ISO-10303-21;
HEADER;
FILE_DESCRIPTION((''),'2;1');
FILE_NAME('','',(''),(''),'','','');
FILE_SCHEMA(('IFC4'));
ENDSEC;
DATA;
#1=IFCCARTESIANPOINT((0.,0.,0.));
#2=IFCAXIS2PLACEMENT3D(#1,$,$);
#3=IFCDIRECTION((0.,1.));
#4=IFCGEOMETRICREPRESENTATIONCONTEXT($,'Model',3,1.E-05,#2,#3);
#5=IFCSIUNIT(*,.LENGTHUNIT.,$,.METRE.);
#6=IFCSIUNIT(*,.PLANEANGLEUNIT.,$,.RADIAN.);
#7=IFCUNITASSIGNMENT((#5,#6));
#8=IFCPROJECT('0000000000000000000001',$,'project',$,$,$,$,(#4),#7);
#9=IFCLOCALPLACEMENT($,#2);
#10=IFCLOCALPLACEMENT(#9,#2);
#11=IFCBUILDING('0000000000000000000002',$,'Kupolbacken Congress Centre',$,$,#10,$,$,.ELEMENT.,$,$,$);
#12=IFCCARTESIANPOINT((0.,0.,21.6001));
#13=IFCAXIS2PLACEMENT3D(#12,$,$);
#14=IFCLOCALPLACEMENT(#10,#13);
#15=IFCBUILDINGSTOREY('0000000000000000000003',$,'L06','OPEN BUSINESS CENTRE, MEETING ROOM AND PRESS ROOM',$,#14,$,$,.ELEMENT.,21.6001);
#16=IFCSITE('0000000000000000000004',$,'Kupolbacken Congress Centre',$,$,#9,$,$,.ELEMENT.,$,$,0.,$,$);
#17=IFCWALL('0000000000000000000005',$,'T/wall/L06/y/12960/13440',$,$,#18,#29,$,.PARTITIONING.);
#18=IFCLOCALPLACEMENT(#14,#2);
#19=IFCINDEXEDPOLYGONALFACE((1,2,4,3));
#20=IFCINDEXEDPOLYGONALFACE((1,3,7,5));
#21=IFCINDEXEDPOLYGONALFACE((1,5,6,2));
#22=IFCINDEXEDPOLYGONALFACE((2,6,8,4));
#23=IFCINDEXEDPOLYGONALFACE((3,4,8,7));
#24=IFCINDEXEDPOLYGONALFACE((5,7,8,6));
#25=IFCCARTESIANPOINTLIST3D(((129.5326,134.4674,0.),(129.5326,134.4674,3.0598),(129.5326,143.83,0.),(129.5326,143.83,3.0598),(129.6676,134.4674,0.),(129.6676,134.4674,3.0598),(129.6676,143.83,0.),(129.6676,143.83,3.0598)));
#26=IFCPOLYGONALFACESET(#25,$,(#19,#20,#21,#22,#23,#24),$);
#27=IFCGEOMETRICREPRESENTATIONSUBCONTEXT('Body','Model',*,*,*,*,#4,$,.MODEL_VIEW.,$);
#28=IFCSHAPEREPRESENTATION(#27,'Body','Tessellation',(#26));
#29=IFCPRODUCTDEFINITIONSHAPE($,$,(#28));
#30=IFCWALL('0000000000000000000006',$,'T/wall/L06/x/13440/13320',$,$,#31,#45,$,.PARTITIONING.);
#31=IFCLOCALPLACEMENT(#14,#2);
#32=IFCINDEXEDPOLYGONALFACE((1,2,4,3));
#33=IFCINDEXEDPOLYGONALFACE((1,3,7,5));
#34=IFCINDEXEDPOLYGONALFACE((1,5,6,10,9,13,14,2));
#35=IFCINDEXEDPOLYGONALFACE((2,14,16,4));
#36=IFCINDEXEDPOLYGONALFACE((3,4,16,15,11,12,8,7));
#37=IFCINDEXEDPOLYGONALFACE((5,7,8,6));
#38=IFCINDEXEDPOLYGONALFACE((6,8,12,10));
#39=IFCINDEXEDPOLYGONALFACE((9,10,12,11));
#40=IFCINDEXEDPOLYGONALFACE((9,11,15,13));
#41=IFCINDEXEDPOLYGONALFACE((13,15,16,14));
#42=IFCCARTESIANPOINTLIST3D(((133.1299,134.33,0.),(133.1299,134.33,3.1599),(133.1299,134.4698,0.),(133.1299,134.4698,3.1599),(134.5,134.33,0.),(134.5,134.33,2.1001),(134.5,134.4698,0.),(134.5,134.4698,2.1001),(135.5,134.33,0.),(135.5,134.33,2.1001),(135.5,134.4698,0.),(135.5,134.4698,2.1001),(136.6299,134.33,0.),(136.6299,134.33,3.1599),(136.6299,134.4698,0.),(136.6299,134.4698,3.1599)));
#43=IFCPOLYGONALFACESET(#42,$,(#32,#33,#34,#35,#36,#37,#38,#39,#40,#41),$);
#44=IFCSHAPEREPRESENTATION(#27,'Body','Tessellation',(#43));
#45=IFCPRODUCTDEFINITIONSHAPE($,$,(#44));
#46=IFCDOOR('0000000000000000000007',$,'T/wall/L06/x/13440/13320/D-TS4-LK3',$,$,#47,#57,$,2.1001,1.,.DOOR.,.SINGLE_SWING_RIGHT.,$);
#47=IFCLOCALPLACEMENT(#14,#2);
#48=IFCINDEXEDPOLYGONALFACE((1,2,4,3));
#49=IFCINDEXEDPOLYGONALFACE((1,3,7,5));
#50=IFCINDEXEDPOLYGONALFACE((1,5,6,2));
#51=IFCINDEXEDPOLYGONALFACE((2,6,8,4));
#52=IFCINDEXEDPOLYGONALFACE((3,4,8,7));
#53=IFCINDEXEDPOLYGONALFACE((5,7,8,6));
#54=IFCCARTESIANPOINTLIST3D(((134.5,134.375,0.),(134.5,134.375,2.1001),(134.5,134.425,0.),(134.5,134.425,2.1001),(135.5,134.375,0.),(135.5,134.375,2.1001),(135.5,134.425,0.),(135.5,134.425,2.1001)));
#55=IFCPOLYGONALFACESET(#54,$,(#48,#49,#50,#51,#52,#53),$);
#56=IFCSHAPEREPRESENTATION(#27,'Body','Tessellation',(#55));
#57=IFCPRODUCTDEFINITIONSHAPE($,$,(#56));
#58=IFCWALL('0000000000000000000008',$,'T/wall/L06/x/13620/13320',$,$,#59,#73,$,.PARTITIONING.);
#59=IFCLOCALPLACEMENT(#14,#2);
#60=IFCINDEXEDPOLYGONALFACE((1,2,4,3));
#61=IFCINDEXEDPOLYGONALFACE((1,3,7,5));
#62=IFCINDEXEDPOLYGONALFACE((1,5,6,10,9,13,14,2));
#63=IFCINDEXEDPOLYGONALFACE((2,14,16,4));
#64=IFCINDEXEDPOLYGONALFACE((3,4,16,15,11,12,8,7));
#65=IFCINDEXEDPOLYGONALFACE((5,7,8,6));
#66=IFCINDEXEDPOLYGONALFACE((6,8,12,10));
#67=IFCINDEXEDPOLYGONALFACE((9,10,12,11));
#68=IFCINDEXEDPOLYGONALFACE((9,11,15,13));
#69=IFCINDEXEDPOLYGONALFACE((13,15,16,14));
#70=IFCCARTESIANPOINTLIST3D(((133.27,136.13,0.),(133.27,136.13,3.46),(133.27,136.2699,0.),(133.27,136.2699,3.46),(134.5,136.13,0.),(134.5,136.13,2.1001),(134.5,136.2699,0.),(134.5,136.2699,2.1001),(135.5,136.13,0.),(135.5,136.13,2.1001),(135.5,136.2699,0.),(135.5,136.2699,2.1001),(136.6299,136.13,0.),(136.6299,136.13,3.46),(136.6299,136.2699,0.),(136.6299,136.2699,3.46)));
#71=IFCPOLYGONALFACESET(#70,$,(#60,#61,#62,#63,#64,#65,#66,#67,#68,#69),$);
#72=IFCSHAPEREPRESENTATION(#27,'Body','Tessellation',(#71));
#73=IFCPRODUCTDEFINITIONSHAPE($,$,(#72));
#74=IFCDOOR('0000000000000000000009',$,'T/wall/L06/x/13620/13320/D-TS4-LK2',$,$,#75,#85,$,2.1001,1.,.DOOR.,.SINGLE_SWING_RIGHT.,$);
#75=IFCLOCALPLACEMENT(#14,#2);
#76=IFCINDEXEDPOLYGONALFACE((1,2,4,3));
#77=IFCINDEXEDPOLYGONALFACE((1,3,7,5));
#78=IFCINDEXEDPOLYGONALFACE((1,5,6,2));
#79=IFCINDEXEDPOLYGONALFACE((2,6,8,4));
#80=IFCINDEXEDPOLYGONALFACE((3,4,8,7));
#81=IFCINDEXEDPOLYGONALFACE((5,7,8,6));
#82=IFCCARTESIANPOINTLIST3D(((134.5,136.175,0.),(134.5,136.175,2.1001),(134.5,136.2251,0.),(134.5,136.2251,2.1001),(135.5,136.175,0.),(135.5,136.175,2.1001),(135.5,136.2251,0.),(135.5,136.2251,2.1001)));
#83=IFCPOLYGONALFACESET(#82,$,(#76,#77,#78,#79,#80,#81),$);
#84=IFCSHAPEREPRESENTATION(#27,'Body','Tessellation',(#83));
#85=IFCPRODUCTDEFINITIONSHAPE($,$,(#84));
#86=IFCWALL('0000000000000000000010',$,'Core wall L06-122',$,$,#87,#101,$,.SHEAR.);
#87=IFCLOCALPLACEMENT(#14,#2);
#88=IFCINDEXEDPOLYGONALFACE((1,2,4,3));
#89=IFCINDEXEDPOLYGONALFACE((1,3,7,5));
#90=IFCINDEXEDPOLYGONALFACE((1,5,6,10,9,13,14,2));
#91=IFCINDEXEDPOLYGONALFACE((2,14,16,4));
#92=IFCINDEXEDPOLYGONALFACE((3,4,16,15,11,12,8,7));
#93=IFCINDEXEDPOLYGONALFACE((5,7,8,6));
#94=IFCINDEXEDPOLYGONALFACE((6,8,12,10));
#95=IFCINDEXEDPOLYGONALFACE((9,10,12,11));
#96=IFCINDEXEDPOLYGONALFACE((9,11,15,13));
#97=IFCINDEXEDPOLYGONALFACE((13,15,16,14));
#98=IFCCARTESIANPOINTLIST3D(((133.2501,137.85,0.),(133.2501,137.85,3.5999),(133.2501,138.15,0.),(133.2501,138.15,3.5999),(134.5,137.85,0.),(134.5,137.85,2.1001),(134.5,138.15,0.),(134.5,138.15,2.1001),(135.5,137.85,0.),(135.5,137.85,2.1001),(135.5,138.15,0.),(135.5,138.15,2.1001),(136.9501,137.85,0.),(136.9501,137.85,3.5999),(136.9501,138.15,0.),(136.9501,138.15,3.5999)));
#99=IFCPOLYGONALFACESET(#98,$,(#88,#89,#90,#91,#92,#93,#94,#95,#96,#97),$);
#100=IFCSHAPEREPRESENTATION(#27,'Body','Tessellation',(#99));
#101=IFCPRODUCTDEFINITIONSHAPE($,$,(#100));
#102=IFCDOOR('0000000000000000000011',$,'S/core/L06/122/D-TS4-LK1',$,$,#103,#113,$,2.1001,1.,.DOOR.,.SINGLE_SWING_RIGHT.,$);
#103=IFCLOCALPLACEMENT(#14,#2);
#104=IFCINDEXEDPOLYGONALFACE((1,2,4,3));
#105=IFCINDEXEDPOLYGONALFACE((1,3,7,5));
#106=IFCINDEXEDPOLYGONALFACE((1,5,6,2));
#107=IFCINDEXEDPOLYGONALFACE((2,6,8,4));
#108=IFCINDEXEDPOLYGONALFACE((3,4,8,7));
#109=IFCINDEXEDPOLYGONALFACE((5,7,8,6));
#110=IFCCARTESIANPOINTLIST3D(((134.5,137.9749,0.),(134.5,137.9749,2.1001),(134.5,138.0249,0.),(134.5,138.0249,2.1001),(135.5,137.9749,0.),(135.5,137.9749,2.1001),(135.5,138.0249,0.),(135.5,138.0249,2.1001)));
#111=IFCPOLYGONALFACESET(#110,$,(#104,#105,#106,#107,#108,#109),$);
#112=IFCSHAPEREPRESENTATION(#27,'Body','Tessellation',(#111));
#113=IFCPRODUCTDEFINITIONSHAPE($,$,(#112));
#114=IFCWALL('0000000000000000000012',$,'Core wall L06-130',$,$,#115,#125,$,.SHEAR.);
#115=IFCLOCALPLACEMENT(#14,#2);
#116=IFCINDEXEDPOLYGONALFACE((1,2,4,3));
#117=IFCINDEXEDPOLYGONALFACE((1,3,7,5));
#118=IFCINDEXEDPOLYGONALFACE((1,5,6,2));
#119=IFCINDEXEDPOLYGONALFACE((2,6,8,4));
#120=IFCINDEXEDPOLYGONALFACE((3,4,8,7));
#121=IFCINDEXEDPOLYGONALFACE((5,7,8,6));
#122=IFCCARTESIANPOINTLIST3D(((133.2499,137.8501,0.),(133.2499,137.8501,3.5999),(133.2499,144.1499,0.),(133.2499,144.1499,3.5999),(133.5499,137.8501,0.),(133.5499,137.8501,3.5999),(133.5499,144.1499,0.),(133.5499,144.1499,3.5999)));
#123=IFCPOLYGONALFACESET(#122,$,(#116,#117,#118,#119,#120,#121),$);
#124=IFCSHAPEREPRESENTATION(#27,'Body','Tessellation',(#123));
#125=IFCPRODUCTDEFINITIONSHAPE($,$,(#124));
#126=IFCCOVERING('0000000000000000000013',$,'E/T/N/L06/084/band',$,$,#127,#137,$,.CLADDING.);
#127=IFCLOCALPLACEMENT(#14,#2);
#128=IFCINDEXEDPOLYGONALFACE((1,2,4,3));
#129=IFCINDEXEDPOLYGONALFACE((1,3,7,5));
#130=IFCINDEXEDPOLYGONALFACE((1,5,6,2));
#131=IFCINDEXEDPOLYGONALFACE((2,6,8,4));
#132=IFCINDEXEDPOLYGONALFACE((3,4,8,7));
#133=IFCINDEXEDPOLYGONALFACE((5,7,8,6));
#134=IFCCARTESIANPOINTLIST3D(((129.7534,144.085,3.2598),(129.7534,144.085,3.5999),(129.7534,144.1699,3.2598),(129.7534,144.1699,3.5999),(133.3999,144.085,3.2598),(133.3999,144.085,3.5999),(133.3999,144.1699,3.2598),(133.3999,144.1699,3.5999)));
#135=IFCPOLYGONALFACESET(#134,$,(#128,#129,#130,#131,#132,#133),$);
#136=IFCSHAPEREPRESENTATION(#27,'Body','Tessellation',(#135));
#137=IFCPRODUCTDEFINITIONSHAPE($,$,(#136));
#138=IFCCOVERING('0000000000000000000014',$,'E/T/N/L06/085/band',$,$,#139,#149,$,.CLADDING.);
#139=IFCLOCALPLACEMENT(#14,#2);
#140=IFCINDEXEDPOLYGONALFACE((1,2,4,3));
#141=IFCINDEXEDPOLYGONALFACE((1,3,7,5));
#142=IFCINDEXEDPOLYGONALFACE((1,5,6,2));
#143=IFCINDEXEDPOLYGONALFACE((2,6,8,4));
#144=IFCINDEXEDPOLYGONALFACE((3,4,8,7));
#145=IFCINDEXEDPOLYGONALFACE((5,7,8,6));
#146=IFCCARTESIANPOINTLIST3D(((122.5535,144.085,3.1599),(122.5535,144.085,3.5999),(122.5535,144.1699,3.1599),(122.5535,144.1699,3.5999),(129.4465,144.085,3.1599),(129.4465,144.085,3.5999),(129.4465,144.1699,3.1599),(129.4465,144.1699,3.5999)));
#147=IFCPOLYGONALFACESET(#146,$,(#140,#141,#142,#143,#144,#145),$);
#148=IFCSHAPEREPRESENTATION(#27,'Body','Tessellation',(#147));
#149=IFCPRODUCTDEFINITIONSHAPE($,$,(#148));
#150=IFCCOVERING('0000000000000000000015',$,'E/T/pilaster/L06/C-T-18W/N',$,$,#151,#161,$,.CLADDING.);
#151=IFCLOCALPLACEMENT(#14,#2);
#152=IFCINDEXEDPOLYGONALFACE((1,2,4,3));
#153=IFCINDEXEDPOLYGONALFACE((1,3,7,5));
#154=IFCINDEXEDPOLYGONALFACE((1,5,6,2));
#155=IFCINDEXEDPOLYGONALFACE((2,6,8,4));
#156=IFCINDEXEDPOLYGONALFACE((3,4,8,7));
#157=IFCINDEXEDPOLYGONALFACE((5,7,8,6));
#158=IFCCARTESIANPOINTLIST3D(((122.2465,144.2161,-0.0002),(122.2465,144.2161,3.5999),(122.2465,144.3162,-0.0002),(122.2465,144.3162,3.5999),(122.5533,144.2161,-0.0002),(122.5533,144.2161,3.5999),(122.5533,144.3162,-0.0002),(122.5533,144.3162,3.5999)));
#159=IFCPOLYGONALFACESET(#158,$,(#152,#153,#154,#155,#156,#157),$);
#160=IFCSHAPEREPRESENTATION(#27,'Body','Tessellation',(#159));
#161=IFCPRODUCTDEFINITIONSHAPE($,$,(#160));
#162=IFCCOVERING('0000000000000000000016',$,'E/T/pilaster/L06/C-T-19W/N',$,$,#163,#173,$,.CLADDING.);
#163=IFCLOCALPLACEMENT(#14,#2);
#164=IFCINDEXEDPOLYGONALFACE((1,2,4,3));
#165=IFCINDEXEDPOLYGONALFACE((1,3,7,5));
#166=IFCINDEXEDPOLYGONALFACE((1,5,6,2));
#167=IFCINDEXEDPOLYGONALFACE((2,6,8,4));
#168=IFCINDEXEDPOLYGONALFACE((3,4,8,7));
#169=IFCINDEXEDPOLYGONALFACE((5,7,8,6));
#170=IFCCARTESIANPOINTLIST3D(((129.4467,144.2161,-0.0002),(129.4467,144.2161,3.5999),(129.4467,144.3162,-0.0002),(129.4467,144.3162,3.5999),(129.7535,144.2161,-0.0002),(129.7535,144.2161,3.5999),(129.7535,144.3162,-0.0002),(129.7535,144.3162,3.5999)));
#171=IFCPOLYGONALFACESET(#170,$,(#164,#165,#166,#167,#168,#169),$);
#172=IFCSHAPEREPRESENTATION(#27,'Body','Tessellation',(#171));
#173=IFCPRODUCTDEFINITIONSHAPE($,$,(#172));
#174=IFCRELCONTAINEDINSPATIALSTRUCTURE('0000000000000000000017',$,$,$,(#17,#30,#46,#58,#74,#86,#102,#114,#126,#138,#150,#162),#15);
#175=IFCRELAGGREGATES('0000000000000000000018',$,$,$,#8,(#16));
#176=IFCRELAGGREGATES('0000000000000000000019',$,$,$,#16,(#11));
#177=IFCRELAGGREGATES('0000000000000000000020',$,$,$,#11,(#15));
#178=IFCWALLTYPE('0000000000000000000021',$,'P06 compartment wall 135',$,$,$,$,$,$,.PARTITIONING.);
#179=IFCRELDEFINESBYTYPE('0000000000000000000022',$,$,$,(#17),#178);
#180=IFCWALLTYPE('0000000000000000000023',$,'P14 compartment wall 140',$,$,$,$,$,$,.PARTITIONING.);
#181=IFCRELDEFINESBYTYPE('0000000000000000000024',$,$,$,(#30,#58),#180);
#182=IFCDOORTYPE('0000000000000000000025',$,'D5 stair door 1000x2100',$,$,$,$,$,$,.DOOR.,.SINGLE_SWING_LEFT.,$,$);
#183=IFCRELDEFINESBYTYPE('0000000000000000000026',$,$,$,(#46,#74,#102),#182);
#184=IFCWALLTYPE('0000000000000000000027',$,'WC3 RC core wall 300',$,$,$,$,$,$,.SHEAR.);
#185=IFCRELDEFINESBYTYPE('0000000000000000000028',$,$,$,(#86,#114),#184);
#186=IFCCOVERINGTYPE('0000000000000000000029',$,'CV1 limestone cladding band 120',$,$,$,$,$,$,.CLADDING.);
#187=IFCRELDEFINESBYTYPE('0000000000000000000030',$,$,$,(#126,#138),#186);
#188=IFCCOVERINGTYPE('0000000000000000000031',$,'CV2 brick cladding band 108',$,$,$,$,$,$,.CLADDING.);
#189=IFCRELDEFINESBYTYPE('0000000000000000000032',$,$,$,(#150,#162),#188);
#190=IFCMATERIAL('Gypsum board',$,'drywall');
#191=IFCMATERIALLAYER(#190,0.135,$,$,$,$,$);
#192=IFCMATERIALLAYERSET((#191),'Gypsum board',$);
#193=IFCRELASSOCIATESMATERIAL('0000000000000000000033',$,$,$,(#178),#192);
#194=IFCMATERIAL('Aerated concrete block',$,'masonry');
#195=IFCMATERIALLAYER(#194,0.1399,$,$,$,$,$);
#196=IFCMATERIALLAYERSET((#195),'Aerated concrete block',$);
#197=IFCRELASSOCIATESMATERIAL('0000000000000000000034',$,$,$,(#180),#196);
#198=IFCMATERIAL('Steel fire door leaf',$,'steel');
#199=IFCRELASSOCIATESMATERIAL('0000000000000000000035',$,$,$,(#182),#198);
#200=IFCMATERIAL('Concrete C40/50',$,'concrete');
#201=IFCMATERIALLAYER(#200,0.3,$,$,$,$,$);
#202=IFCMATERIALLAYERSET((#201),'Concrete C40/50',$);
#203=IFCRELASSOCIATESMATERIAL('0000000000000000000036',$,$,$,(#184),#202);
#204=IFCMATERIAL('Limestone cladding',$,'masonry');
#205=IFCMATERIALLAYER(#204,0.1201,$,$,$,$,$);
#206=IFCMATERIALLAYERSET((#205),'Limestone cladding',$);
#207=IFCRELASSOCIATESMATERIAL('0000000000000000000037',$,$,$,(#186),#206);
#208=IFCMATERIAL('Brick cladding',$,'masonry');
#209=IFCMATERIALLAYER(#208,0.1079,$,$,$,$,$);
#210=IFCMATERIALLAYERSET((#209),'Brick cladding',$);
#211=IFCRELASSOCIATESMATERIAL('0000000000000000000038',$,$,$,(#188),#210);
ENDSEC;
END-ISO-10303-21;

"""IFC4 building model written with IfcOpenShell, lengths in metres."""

from ifc_helpers import new_model, si_unit, direction, frame, frame_2d, origin, origin_2d, place, context, subcontext, project, spatial, rectangle, extrude, material, layer, layer_set, type_object, element, fill, save


model = new_model("IFC4")

# Units and contexts
model_context = context("Model", 3, precision=1e-05, world=origin(), true_north=direction((0.0, 1.0)))
body_context = subcontext(model_context, "Body", "Model", "MODEL_VIEW")
ifc_project = project(units=[si_unit("LENGTHUNIT", "METRE"), si_unit("PLANEANGLEUNIT", "RADIAN")], contexts=[model_context])

# Site, building, storey
site_placement = place(None, origin())
site = spatial("IfcSite", under=ifc_project, at=site_placement, Name="Kupolbacken Congress Centre", CompositionType="ELEMENT", RefElevation=0.0)
building_placement = place(site_placement, origin())
building = spatial("IfcBuilding", under=site, at=building_placement, Name="Kupolbacken Congress Centre", CompositionType="ELEMENT")
storey_placement = place(building_placement, frame((0.0, 0.0, 21.6001)))
storey = spatial("IfcBuildingStorey", under=building, at=storey_placement, Name="L06", Description="OPEN BUSINESS CENTRE, MEETING ROOM AND PRESS ROOM", CompositionType="ELEMENT", Elevation=21.6001)

# Wall
ifc_material_1 = material(Name="Gypsum board", Category="drywall")
ifc_layer_1 = layer(ifc_material_1, 0.135)
ifc_layer_set_1 = layer_set([ifc_layer_1], Name="Gypsum board")
wall_type_1 = type_object("IfcWallType", Name="P06 compartment wall 135", PredefinedType="PARTITIONING", material=ifc_layer_set_1)
wall_1_placement = place(storey_placement, frame((129.6001, 134.4675, 0.0), z_axis=(0.0, 0.0, 1.0), x_axis=(0.0, 1.0, 0.0)))
element("IfcWall", 1, at=wall_1_placement, inside=storey, type_object=wall_type_1, Name="T/wall/L06/y/12960/13440", PredefinedType="PARTITIONING", context=body_context, shape_type="SweptSolid", body=[
    extrude(rectangle(XDim=9.3625, YDim=0.135, at=frame_2d((4.6812, 0.0))), origin(), (0.0, 0.0, 1.0), 3.0598),
])

# Walls, openings, doors
ifc_material_2 = material(Name="Aerated concrete block", Category="masonry")
ifc_layer_2 = layer(ifc_material_2, 0.1399)
ifc_layer_set_2 = layer_set([ifc_layer_2], Name="Aerated concrete block")
wall_type_2 = type_object("IfcWallType", Name="P14 compartment wall 140", PredefinedType="PARTITIONING", material=ifc_layer_set_2)
wall_2_placement = place(storey_placement, frame((133.1299, 134.3999, 0.0), z_axis=(0.0, 0.0, 1.0), x_axis=(1.0, 0.0, 0.0)))
wall_2 = element("IfcWall", 2, at=wall_2_placement, inside=storey, type_object=wall_type_2, Name="T/wall/L06/x/13440/13320", PredefinedType="PARTITIONING", context=body_context, shape_type="SweptSolid", body=[
    extrude(rectangle(XDim=3.5, YDim=0.1399, at=frame_2d((1.75, 0.0))), origin(), (0.0, 0.0, 1.0), 3.1599),
])
opening_1_placement = place(wall_2_placement, frame((1.3701, 0.0, 0.0)))
opening_1 = element("IfcOpeningElement", 3, at=opening_1_placement, cuts=wall_2, PredefinedType="OPENING", context=body_context, shape_type="SweptSolid", body=[
    extrude(rectangle(XDim=1.0, YDim=2.1001, at=frame_2d((0.5, 1.05))), frame((0.0, 0.0798, 0.0), z_axis=(0.0, -1.0, 0.0), x_axis=(1.0, 0.0, 0.0)), (0.0, 0.0, 1.0), 0.1599),
])
ifc_material_3 = material(Name="Steel fire door leaf", Category="steel")
door_type = type_object("IfcDoorType", Name="D5 stair door 1000x2100", OperationType="SINGLE_SWING_LEFT", PredefinedType="DOOR", material=ifc_material_3)
door_1_placement = place(opening_1_placement, frame((1.0, 0.0, 0.0), z_axis=(0.0, 0.0, 1.0), x_axis=(-1.0, 0.0, 0.0)))
door_1 = element("IfcDoor", 4, at=door_1_placement, inside=storey, type_object=door_type, Name="T/wall/L06/x/13440/13320/D-TS4-LK3", OperationType="SINGLE_SWING_RIGHT", OverallHeight=2.1001, OverallWidth=1.0, PredefinedType="DOOR", context=body_context, shape_type="SweptSolid", body=[
    extrude(rectangle(XDim=1.0, YDim=2.1001, at=frame_2d((0.5, 1.05))), frame((0.0, 0.0249, 0.0), z_axis=(0.0, -1.0, 0.0), x_axis=(1.0, 0.0, 0.0)), (0.0, 0.0, 1.0), 0.05),
])
fill(opening_1, door_1)
wall_3_placement = place(storey_placement, frame((133.27, 136.2, 0.0), z_axis=(0.0, 0.0, 1.0), x_axis=(1.0, 0.0, 0.0)))
wall_3 = element("IfcWall", 5, at=wall_3_placement, inside=storey, type_object=wall_type_2, Name="T/wall/L06/x/13620/13320", PredefinedType="PARTITIONING", context=body_context, shape_type="SweptSolid", body=[
    extrude(rectangle(XDim=3.3599, YDim=0.1399, at=frame_2d((1.6799, 0.0))), origin(), (0.0, 0.0, 1.0), 3.46),
])
opening_2_placement = place(wall_3_placement, frame((1.23, 0.0, 0.0)))
opening_2 = element("IfcOpeningElement", 6, at=opening_2_placement, cuts=wall_3, PredefinedType="OPENING", context=body_context, shape_type="SweptSolid", body=[
    extrude(rectangle(XDim=1.0, YDim=2.1001, at=frame_2d((0.5, 1.05))), frame((0.0, 0.0798, 0.0), z_axis=(0.0, -1.0, 0.0), x_axis=(1.0, 0.0, 0.0)), (0.0, 0.0, 1.0), 0.1599),
])
door_2_placement = place(opening_2_placement, frame((1.0, 0.0, 0.0), z_axis=(0.0, 0.0, 1.0), x_axis=(-1.0, 0.0, 0.0)))
door_2 = element("IfcDoor", 7, at=door_2_placement, inside=storey, type_object=door_type, Name="T/wall/L06/x/13620/13320/D-TS4-LK2", OperationType="SINGLE_SWING_RIGHT", OverallHeight=2.1001, OverallWidth=1.0, PredefinedType="DOOR", context=body_context, shape_type="SweptSolid", body=[
    extrude(rectangle(XDim=1.0, YDim=2.1001, at=frame_2d((0.5, 1.05))), frame((0.0, 0.0249, 0.0), z_axis=(0.0, -1.0, 0.0), x_axis=(1.0, 0.0, 0.0)), (0.0, 0.0, 1.0), 0.05),
])
fill(opening_2, door_2)

# Wall, opening, door
ifc_material_4 = material(Name="Concrete C40/50", Category="concrete")
ifc_layer_3 = layer(ifc_material_4, 0.3)
ifc_layer_set_3 = layer_set([ifc_layer_3], Name="Concrete C40/50")
wall_type_3 = type_object("IfcWallType", Name="WC3 RC core wall 300", PredefinedType="SHEAR", material=ifc_layer_set_3)
wall_4_placement = place(storey_placement, frame((133.25, 138.0, 0.0), z_axis=(0.0, 0.0, 1.0), x_axis=(1.0, 0.0, 0.0)))
wall_4 = element("IfcWall", 8, at=wall_4_placement, inside=storey, type_object=wall_type_3, Name="Core wall L06-122", PredefinedType="SHEAR", context=body_context, shape_type="SweptSolid", body=[
    extrude(rectangle(XDim=3.7, YDim=0.3, at=frame_2d((1.8501, 0.0))), origin(), (0.0, 0.0, 1.0), 3.5999),
])
opening_3_placement = place(wall_4_placement, frame((1.25, 0.0, 0.0)))
opening_3 = element("IfcOpeningElement", 9, at=opening_3_placement, cuts=wall_4, PredefinedType="OPENING", context=body_context, shape_type="SweptSolid", body=[
    extrude(rectangle(XDim=1.0, YDim=2.1001, at=frame_2d((0.5, 1.05))), frame((0.0, 0.1599, 0.0), z_axis=(0.0, -1.0, 0.0), x_axis=(1.0, 0.0, 0.0)), (0.0, 0.0, 1.0), 0.3201),
])
door_3_placement = place(opening_3_placement, origin())
door_3 = element("IfcDoor", 10, at=door_3_placement, inside=storey, type_object=door_type, Name="S/core/L06/122/D-TS4-LK1", OperationType="SINGLE_SWING_RIGHT", OverallHeight=2.1001, OverallWidth=1.0, PredefinedType="DOOR", context=body_context, shape_type="SweptSolid", body=[
    extrude(rectangle(XDim=1.0, YDim=2.1001, at=frame_2d((0.5, 1.05))), frame((0.0, 0.0249, 0.0), z_axis=(0.0, -1.0, 0.0), x_axis=(1.0, 0.0, 0.0)), (0.0, 0.0, 1.0), 0.05),
])
fill(opening_3, door_3)

# Wall
wall_5_placement = place(storey_placement, frame((133.3999, 144.1499, 0.0), z_axis=(0.0, 0.0, 1.0), x_axis=(0.0, -1.0, 0.0)))
element("IfcWall", 11, at=wall_5_placement, inside=storey, type_object=wall_type_3, Name="Core wall L06-130", PredefinedType="SHEAR", context=body_context, shape_type="SweptSolid", body=[
    extrude(rectangle(XDim=6.2998, YDim=0.3, at=frame_2d((3.1499, 0.0))), origin(), (0.0, 0.0, 1.0), 3.5999),
])

# Coverings
ifc_material_5 = material(Name="Limestone cladding", Category="masonry")
ifc_layer_4 = layer(ifc_material_5, 0.1201)
ifc_layer_set_4 = layer_set([ifc_layer_4], Name="Limestone cladding")
covering_type_1 = type_object("IfcCoveringType", Name="CV1 limestone cladding band 120", PredefinedType="CLADDING", material=ifc_layer_set_4)
covering_1_placement = place(storey_placement, frame((131.5767, 144.1274, 3.2598), z_axis=(0.0, 0.0, 1.0), x_axis=(-1.0, 0.0, 0.0)))
element("IfcCovering", 12, at=covering_1_placement, inside=storey, type_object=covering_type_1, Name="E/T/N/L06/084/band", PredefinedType="CLADDING", context=body_context, shape_type="SweptSolid", body=[
    extrude(rectangle(XDim=3.6465, YDim=0.085, at=origin_2d()), origin(), (0.0, 0.0, 1.0), 0.3401),
])
covering_2_placement = place(storey_placement, frame((126.0, 144.1274, 3.1599), z_axis=(0.0, 0.0, 1.0), x_axis=(-1.0, 0.0, 0.0)))
element("IfcCovering", 13, at=covering_2_placement, inside=storey, type_object=covering_type_1, Name="E/T/N/L06/085/band", PredefinedType="CLADDING", context=body_context, shape_type="SweptSolid", body=[
    extrude(rectangle(XDim=6.8931, YDim=0.085, at=origin_2d()), origin(), (0.0, 0.0, 1.0), 0.4399),
])
ifc_material_6 = material(Name="Brick cladding", Category="masonry")
ifc_layer_5 = layer(ifc_material_6, 0.1079)
ifc_layer_set_5 = layer_set([ifc_layer_5], Name="Brick cladding")
covering_type_2 = type_object("IfcCoveringType", Name="CV2 brick cladding band 108", PredefinedType="CLADDING", material=ifc_layer_set_5)
for number, where, z_axis, x_axis, name in (
    (14, (122.3999, 144.2661, -0.0002), (0.0, 0.0, 1.0), (1.0, 0.0, 0.0), "E/T/pilaster/L06/C-T-18W/N"),
    (15, (129.6001, 144.2661, -0.0002), (0.0, 0.0, 1.0), (1.0, 0.0, 0.0), "E/T/pilaster/L06/C-T-19W/N"),
):
    element("IfcCovering", number, at=place(storey_placement, frame(where, z_axis=z_axis, x_axis=x_axis)), inside=storey, type_object=covering_type_2, Name=name, PredefinedType="CLADDING", context=body_context, shape_type="SweptSolid", body=[
        extrude(rectangle(XDim=0.3069, YDim=0.1001, at=origin_2d()), origin(), (0.0, 0.0, 1.0), 3.6001),
    ])

save(model, "model.ifc")
